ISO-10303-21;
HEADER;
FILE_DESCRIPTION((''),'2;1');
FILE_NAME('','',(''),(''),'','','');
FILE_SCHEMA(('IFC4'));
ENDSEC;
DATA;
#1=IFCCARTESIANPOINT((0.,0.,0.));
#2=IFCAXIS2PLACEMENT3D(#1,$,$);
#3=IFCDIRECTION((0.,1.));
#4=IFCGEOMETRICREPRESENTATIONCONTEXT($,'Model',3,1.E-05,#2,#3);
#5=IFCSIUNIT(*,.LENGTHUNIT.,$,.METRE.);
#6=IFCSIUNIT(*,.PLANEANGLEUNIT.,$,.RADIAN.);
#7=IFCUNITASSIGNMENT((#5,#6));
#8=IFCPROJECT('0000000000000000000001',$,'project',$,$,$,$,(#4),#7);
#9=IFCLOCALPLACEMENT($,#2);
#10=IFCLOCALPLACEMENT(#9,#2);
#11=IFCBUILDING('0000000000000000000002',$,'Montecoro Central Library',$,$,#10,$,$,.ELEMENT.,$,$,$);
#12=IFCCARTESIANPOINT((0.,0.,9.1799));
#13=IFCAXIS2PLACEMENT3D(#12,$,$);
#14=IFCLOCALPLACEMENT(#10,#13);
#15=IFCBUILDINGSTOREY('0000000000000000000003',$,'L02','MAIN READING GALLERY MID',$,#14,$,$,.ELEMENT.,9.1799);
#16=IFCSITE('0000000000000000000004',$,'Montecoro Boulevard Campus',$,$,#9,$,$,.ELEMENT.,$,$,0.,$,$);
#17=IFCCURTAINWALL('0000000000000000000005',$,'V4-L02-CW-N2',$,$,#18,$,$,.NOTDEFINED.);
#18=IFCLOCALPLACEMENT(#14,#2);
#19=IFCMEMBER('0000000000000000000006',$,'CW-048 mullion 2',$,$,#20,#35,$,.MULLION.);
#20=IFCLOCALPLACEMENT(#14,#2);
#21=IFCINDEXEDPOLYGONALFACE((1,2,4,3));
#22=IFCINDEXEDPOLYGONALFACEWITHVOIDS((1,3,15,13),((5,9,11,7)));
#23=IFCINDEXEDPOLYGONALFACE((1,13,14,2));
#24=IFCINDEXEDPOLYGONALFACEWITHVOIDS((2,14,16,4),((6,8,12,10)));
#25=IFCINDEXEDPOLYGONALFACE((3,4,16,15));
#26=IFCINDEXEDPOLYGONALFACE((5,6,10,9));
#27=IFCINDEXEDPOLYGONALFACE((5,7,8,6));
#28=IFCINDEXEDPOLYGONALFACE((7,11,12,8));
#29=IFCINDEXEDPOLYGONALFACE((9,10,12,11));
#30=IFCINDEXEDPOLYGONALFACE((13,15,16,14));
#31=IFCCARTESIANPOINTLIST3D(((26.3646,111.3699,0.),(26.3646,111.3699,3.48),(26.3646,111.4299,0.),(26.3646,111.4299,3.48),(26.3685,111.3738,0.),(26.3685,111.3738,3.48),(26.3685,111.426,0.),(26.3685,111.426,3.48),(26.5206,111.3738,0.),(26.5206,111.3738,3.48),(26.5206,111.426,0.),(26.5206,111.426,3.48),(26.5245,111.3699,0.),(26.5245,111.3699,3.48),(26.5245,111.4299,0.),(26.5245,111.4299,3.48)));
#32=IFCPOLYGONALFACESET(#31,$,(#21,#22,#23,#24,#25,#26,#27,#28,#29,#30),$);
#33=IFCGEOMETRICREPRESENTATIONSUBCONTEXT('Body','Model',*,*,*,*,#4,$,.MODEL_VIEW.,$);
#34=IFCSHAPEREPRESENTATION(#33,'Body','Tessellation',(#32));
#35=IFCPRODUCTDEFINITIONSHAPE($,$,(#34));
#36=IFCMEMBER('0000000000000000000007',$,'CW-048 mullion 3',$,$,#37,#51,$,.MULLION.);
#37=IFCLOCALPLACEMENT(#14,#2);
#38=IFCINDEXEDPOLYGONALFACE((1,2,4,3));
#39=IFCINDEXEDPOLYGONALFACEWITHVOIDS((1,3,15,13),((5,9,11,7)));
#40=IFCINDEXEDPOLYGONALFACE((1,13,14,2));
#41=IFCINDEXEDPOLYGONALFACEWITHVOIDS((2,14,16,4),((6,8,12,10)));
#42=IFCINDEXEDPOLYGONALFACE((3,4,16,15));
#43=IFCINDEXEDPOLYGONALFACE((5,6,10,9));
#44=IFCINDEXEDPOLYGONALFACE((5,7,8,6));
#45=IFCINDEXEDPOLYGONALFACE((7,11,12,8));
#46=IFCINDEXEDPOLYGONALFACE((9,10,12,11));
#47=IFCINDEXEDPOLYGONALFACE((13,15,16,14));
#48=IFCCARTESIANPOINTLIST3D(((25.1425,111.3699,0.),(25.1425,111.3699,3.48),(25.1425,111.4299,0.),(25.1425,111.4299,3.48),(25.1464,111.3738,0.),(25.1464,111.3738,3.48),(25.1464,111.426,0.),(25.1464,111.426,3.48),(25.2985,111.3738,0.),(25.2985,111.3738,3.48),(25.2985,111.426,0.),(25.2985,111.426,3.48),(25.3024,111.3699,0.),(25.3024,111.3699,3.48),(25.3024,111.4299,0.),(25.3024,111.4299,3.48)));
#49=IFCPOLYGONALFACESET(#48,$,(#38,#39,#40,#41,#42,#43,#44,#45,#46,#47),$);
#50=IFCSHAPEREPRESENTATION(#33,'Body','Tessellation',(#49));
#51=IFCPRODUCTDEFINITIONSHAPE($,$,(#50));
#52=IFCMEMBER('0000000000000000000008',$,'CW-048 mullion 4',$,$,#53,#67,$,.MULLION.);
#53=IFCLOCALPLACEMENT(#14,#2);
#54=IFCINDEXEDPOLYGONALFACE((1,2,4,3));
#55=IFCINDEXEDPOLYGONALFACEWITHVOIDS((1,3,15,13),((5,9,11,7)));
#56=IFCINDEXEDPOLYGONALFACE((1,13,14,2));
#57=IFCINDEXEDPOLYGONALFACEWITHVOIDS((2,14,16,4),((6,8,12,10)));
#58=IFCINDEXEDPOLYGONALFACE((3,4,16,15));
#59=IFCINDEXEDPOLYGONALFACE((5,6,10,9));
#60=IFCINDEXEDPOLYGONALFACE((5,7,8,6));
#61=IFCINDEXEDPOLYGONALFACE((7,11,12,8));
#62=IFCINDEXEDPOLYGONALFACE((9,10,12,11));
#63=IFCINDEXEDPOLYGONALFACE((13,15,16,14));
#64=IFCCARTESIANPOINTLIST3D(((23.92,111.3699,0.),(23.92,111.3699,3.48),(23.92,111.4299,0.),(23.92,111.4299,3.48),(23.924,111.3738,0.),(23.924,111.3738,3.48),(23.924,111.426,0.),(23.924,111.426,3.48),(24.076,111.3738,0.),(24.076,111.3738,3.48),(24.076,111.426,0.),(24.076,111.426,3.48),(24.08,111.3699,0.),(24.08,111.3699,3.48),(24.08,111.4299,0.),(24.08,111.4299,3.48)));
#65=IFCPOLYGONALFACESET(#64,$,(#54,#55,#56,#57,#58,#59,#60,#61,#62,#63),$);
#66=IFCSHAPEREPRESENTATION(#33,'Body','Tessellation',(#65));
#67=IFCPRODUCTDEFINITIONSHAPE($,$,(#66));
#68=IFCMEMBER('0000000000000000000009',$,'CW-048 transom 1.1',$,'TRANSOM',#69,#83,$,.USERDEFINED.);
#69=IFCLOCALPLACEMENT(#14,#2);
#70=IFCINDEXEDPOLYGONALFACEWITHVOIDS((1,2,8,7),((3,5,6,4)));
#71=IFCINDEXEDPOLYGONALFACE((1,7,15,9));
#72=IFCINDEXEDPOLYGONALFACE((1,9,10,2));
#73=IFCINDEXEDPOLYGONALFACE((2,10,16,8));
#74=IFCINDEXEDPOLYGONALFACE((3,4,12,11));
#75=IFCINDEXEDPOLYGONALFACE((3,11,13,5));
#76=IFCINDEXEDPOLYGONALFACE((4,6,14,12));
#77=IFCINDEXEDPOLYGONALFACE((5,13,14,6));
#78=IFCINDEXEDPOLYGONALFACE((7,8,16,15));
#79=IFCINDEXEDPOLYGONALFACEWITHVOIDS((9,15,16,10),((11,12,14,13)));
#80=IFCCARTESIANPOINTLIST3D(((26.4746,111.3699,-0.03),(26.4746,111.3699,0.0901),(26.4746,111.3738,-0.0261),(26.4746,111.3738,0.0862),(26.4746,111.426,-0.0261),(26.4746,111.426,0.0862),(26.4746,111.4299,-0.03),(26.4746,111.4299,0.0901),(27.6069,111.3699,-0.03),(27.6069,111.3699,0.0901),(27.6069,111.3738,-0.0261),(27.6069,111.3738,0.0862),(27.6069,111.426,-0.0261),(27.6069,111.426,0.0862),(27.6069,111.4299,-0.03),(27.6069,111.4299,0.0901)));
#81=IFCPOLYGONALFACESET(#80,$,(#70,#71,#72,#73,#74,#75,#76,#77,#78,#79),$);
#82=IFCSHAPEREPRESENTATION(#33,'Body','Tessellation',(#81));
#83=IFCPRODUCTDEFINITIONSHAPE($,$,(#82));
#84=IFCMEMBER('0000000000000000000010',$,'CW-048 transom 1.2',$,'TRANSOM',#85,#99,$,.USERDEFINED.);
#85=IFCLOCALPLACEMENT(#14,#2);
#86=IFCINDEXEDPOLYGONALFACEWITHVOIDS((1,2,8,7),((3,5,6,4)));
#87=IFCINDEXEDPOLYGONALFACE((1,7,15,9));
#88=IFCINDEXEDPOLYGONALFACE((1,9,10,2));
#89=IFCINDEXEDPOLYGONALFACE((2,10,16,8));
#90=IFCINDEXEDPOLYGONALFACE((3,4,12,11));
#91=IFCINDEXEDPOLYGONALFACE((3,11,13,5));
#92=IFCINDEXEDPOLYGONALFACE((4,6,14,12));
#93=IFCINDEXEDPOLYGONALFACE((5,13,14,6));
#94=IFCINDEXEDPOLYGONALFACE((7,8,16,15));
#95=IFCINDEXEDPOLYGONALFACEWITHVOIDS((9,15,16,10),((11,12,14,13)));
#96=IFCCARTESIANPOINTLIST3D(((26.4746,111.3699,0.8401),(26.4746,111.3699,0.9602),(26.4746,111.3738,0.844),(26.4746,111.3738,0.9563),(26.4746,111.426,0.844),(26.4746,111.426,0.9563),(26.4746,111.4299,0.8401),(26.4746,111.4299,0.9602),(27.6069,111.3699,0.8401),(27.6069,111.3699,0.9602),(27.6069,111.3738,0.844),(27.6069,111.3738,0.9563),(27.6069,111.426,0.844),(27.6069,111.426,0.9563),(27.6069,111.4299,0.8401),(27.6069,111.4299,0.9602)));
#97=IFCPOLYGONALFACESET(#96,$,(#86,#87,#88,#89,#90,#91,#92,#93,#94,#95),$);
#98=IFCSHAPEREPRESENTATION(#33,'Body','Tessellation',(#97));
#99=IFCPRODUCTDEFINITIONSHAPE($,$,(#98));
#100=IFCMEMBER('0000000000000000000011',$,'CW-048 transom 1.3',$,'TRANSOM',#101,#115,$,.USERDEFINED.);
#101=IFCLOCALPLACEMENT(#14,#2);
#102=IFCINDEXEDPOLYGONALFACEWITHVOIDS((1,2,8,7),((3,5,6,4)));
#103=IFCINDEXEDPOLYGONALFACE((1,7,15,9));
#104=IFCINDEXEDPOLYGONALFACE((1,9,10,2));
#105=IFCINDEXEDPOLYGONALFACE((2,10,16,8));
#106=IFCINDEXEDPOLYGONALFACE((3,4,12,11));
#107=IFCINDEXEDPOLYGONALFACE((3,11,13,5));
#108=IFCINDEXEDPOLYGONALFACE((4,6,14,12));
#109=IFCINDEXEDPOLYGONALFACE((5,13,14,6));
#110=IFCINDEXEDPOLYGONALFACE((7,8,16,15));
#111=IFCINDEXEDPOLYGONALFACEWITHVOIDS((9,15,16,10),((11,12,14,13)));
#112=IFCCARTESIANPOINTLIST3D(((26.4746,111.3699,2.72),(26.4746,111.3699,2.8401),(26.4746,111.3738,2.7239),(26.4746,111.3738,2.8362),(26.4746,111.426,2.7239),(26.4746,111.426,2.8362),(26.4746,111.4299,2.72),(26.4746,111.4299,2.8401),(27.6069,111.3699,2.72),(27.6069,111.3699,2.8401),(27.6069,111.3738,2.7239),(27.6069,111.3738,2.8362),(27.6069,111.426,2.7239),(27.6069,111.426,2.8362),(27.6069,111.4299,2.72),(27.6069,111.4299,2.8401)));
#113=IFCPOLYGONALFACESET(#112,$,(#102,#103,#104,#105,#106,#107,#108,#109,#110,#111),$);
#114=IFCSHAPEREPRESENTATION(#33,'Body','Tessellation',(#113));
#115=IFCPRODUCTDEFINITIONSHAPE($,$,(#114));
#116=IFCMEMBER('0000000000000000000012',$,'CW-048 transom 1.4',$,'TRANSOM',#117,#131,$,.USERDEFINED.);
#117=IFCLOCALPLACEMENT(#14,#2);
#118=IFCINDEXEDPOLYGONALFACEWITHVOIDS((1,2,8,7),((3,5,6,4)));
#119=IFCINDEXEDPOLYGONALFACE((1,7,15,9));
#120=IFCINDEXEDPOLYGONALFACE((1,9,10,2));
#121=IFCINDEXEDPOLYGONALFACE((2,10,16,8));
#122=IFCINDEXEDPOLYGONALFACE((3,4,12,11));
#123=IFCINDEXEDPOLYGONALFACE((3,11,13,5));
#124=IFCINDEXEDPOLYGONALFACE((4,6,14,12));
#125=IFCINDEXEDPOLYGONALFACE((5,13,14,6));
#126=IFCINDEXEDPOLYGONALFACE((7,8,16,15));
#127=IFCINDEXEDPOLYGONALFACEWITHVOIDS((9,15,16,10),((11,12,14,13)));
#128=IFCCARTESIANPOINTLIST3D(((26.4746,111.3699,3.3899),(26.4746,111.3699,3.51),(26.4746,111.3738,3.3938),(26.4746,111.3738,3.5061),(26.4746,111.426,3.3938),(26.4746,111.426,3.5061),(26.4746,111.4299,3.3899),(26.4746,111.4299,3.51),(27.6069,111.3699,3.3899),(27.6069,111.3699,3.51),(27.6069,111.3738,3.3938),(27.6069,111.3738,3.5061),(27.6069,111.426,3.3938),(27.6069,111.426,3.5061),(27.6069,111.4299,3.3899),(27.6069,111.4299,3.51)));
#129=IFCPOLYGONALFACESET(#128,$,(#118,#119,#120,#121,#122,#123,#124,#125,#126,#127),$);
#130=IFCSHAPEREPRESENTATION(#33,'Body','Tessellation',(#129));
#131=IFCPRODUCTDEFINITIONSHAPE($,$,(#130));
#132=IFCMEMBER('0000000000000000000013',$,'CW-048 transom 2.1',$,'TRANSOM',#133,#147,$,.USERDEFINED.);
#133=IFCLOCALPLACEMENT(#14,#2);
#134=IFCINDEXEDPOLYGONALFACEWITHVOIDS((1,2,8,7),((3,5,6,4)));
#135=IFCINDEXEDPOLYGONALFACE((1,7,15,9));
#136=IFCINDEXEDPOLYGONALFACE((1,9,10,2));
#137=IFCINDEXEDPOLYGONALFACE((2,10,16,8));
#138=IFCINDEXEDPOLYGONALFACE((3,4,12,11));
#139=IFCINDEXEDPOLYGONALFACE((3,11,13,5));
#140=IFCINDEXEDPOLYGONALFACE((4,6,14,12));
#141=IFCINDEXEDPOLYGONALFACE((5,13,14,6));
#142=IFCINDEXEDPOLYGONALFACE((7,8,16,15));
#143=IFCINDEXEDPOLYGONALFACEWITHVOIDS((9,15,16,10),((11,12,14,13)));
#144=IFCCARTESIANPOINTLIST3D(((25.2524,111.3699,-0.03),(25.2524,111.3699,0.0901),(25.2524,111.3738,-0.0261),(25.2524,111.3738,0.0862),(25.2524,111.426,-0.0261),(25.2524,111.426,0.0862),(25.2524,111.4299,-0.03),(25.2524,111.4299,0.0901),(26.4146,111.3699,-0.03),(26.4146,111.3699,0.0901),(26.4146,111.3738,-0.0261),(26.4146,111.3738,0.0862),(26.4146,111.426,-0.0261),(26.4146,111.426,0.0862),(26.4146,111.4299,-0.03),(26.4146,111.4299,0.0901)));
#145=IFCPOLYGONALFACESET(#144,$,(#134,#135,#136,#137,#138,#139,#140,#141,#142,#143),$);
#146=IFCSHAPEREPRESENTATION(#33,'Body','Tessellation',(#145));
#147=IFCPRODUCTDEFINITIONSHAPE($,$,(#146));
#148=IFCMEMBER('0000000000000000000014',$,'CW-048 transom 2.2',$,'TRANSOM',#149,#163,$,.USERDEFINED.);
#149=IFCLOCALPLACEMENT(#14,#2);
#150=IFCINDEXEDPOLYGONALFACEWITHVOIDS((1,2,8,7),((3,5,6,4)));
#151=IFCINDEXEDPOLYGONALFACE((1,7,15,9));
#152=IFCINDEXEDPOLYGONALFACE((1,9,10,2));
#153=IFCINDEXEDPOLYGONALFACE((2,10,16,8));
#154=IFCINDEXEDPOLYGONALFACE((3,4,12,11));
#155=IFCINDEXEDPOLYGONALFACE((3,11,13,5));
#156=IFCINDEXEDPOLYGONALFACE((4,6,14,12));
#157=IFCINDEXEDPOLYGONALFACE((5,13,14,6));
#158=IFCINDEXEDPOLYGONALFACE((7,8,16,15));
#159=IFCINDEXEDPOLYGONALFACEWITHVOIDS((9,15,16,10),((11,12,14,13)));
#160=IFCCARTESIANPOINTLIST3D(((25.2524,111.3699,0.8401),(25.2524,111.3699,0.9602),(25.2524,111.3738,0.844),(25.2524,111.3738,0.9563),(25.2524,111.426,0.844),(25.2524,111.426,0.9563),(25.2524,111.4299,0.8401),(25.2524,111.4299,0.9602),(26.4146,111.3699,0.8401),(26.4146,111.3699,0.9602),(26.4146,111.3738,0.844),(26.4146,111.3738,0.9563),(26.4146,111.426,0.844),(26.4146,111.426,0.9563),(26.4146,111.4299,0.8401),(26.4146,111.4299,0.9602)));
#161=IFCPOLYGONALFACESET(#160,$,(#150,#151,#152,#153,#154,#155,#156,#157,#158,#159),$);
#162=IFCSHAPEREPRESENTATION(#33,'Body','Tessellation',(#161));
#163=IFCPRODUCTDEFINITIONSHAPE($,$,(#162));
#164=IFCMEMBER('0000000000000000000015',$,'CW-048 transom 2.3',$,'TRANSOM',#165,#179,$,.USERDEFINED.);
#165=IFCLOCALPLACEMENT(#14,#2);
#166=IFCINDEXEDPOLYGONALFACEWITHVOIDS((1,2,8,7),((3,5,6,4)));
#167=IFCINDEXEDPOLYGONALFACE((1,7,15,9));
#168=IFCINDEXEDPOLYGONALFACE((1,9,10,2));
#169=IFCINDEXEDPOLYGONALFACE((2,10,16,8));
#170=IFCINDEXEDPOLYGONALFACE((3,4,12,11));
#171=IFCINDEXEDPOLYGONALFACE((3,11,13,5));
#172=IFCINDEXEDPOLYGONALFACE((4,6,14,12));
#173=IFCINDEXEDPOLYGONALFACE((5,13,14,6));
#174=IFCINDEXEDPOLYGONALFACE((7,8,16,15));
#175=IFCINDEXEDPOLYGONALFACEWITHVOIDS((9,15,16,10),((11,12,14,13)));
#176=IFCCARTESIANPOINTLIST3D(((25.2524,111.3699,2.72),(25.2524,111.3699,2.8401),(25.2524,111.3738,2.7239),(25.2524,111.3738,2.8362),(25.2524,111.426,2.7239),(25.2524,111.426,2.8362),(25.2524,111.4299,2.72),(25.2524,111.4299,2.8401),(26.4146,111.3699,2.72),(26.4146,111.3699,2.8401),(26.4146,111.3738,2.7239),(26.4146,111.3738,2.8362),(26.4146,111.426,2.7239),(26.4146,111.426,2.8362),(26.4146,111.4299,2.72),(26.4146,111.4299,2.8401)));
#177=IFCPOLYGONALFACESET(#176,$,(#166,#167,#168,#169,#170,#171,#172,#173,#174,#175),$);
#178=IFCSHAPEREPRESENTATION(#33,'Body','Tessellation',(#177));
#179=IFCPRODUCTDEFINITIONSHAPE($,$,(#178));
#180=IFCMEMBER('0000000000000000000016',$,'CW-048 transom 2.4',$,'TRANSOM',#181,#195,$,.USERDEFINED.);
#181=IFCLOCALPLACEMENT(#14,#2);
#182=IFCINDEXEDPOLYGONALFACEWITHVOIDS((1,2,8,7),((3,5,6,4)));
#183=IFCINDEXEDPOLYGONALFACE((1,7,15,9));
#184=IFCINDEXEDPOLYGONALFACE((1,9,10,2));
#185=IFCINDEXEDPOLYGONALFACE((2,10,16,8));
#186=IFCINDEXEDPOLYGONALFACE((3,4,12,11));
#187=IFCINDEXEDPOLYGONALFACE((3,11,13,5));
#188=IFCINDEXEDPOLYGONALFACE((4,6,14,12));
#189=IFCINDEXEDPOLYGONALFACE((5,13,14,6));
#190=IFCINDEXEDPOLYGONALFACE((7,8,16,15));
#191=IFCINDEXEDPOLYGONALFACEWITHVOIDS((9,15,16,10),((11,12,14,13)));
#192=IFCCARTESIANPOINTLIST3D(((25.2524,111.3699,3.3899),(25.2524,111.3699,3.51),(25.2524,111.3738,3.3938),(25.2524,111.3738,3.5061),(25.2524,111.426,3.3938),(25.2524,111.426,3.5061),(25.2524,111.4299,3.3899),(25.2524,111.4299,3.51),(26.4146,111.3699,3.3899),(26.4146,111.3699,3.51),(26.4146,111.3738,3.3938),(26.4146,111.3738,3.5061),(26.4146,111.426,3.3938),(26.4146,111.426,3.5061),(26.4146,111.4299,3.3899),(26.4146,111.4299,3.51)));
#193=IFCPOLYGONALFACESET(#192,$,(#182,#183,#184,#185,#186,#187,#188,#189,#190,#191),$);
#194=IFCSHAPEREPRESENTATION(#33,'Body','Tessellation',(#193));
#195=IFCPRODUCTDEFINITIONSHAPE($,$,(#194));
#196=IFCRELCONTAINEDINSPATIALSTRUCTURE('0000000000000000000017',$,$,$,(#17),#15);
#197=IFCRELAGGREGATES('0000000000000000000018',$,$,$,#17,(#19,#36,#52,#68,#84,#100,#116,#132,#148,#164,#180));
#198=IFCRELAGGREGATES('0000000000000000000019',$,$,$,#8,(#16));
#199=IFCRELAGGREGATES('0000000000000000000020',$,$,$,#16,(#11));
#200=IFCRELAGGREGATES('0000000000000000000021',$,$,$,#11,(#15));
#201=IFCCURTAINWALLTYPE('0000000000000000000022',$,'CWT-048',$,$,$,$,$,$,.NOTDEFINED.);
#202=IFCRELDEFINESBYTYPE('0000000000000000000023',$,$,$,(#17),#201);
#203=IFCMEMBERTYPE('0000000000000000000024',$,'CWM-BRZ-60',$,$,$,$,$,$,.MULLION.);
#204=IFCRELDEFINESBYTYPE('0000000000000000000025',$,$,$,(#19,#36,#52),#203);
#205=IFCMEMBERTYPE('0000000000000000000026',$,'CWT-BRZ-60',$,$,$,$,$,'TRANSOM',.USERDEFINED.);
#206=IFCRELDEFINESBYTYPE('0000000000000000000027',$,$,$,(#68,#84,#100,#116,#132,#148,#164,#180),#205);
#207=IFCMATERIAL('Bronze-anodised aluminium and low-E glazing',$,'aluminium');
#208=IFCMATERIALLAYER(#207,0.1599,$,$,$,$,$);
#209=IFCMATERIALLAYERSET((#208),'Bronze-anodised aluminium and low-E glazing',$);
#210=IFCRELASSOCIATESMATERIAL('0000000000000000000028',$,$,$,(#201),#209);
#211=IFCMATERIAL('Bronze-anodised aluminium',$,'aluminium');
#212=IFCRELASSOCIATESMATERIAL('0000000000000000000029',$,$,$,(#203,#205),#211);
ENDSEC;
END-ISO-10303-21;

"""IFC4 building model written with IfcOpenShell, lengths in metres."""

from ifc_helpers import new_model, si_unit, direction, frame, origin, origin_2d, place, context, subcontext, project, spatial, hollow_rectangle, extrude, material, layer, layer_set, material_profile, profile_set, type_object, element, aggregate, save


model = new_model("IFC4")

# Units and contexts
model_context = context("Model", 3, precision=1e-05, world=origin(), true_north=direction((0.0, 1.0)))
body_context = subcontext(model_context, "Body", "Model", "MODEL_VIEW")
ifc_project = project(units=[si_unit("LENGTHUNIT", "METRE"), si_unit("PLANEANGLEUNIT", "RADIAN")], contexts=[model_context])

# Site, building, storey
site_placement = place(None, origin())
site = spatial("IfcSite", under=ifc_project, at=site_placement, Name="Montecoro Boulevard Campus", CompositionType="ELEMENT", RefElevation=0.0)
building_placement = place(site_placement, origin())
building = spatial("IfcBuilding", under=site, at=building_placement, Name="Montecoro Central Library", CompositionType="ELEMENT")
storey_placement = place(building_placement, frame((0.0, 0.0, 9.1799)))
storey = spatial("IfcBuildingStorey", under=building, at=storey_placement, Name="L02", Description="MAIN READING GALLERY MID", CompositionType="ELEMENT", Elevation=9.1799)

# Curtain wall, members
ifc_material_1 = material(Name="Bronze-anodised aluminium and low-E glazing", Category="aluminium")
ifc_layer_1 = layer(ifc_material_1, 0.1599)
ifc_layer_set_1 = layer_set([ifc_layer_1], Name="Bronze-anodised aluminium and low-E glazing")
curtain_wall_type = type_object("IfcCurtainWallType", Name="CWT-048", PredefinedType="NOTDEFINED", material=ifc_layer_set_1)
curtain_wall_placement = place(storey_placement, origin())
curtain_wall = element("IfcCurtainWall", 1, at=curtain_wall_placement, inside=storey, type_object=curtain_wall_type, Name="V4-L02-CW-N2", PredefinedType="NOTDEFINED")
ifc_material_2 = material(Name="Bronze-anodised aluminium", Category="aluminium")
ifc_material_profile_1 = material_profile(ifc_material_2, hollow_rectangle(XDim=0.0601, YDim=0.1599, WallThickness=0.0039, at=origin_2d()), Name="CWM 160x60x4.0")
ifc_profile_set_1 = profile_set([ifc_material_profile_1], Name="Bronze-anodised aluminium")
member_type_1 = type_object("IfcMemberType", Name="CWM-BRZ-60", PredefinedType="MULLION", material=ifc_profile_set_1)
member_1_placement = place(storey_placement, frame((26.4446, 111.3999, 0.0), z_axis=(0.0, 0.0, 1.0), x_axis=(0.0, -1.0, 0.0)))
member_1 = element("IfcMember", 2, at=member_1_placement, type_object=member_type_1, Name="CW-048 mullion 2", PredefinedType="MULLION", context=body_context, shape_type="SweptSolid", body=[
    extrude(hollow_rectangle(XDim=0.0601, YDim=0.1599, WallThickness=0.0039, at=origin_2d()), origin(), (0.0, 0.0, 1.0), 3.48),
])
member_2_placement = place(storey_placement, frame((25.2224, 111.3999, 0.0), z_axis=(0.0, 0.0, 1.0), x_axis=(0.0, -1.0, 0.0)))
member_2 = element("IfcMember", 3, at=member_2_placement, type_object=member_type_1, Name="CW-048 mullion 3", PredefinedType="MULLION", context=body_context, shape_type="SweptSolid", body=[
    extrude(hollow_rectangle(XDim=0.0601, YDim=0.1599, WallThickness=0.0039, at=origin_2d()), origin(), (0.0, 0.0, 1.0), 3.48),
])
member_3_placement = place(storey_placement, frame((24.0, 111.3999, 0.0), z_axis=(0.0, 0.0, 1.0), x_axis=(0.0, -1.0, 0.0)))
member_3 = element("IfcMember", 4, at=member_3_placement, type_object=member_type_1, Name="CW-048 mullion 4", PredefinedType="MULLION", context=body_context, shape_type="SweptSolid", body=[
    extrude(hollow_rectangle(XDim=0.0601, YDim=0.1599, WallThickness=0.0039, at=origin_2d()), origin(), (0.0, 0.0, 1.0), 3.48),
])
ifc_material_profile_2 = material_profile(ifc_material_2, hollow_rectangle(XDim=0.0601, YDim=0.1201, WallThickness=0.0039, at=origin_2d()), Name="CWT 120x60x4.0")
ifc_profile_set_2 = profile_set([ifc_material_profile_2], Name="Bronze-anodised aluminium")
member_type_2 = type_object("IfcMemberType", Name="CWT-BRZ-60", ElementType="TRANSOM", PredefinedType="USERDEFINED", material=ifc_profile_set_2)
member_4_placement = place(storey_placement, frame((27.6069, 111.3999, 0.03), z_axis=(-1.0, 0.0, 0.0), x_axis=(0.0, -1.0, 0.0)))
member_4 = element("IfcMember", 5, at=member_4_placement, type_object=member_type_2, Name="CW-048 transom 1.1", ObjectType="TRANSOM", PredefinedType="USERDEFINED", context=body_context, shape_type="SweptSolid", body=[
    extrude(hollow_rectangle(XDim=0.0601, YDim=0.1201, WallThickness=0.0039, at=origin_2d()), origin(), (0.0, 0.0, 1.0), 1.1323),
])
member_5_placement = place(storey_placement, frame((27.6069, 111.3999, 0.9001), z_axis=(-1.0, 0.0, 0.0), x_axis=(0.0, -1.0, 0.0)))
member_5 = element("IfcMember", 6, at=member_5_placement, type_object=member_type_2, Name="CW-048 transom 1.2", ObjectType="TRANSOM", PredefinedType="USERDEFINED", context=body_context, shape_type="SweptSolid", body=[
    extrude(hollow_rectangle(XDim=0.0601, YDim=0.1201, WallThickness=0.0039, at=origin_2d()), origin(), (0.0, 0.0, 1.0), 1.1323),
])
member_6_placement = place(storey_placement, frame((27.6069, 111.3999, 2.78), z_axis=(-1.0, 0.0, 0.0), x_axis=(0.0, -1.0, 0.0)))
member_6 = element("IfcMember", 7, at=member_6_placement, type_object=member_type_2, Name="CW-048 transom 1.3", ObjectType="TRANSOM", PredefinedType="USERDEFINED", context=body_context, shape_type="SweptSolid", body=[
    extrude(hollow_rectangle(XDim=0.0601, YDim=0.1201, WallThickness=0.0039, at=origin_2d()), origin(), (0.0, 0.0, 1.0), 1.1323),
])
member_7_placement = place(storey_placement, frame((27.6069, 111.3999, 3.45), z_axis=(-1.0, 0.0, 0.0), x_axis=(0.0, -1.0, 0.0)))
member_7 = element("IfcMember", 8, at=member_7_placement, type_object=member_type_2, Name="CW-048 transom 1.4", ObjectType="TRANSOM", PredefinedType="USERDEFINED", context=body_context, shape_type="SweptSolid", body=[
    extrude(hollow_rectangle(XDim=0.0601, YDim=0.1201, WallThickness=0.0039, at=origin_2d()), origin(), (0.0, 0.0, 1.0), 1.1323),
])
member_8_placement = place(storey_placement, frame((26.4146, 111.3999, 0.03), z_axis=(-1.0, 0.0, 0.0), x_axis=(0.0, -1.0, 0.0)))
member_8 = element("IfcMember", 9, at=member_8_placement, type_object=member_type_2, Name="CW-048 transom 2.1", ObjectType="TRANSOM", PredefinedType="USERDEFINED", context=body_context, shape_type="SweptSolid", body=[
    extrude(hollow_rectangle(XDim=0.0601, YDim=0.1201, WallThickness=0.0039, at=origin_2d()), origin(), (0.0, 0.0, 1.0), 1.1621),
])
member_9_placement = place(storey_placement, frame((26.4146, 111.3999, 0.9001), z_axis=(-1.0, 0.0, 0.0), x_axis=(0.0, -1.0, 0.0)))
member_9 = element("IfcMember", 10, at=member_9_placement, type_object=member_type_2, Name="CW-048 transom 2.2", ObjectType="TRANSOM", PredefinedType="USERDEFINED", context=body_context, shape_type="SweptSolid", body=[
    extrude(hollow_rectangle(XDim=0.0601, YDim=0.1201, WallThickness=0.0039, at=origin_2d()), origin(), (0.0, 0.0, 1.0), 1.1621),
])
member_10_placement = place(storey_placement, frame((26.4146, 111.3999, 2.78), z_axis=(-1.0, 0.0, 0.0), x_axis=(0.0, -1.0, 0.0)))
member_10 = element("IfcMember", 11, at=member_10_placement, type_object=member_type_2, Name="CW-048 transom 2.3", ObjectType="TRANSOM", PredefinedType="USERDEFINED", context=body_context, shape_type="SweptSolid", body=[
    extrude(hollow_rectangle(XDim=0.0601, YDim=0.1201, WallThickness=0.0039, at=origin_2d()), origin(), (0.0, 0.0, 1.0), 1.1621),
])
member_11_placement = place(storey_placement, frame((26.4146, 111.3999, 3.45), z_axis=(-1.0, 0.0, 0.0), x_axis=(0.0, -1.0, 0.0)))
member_11 = element("IfcMember", 12, at=member_11_placement, type_object=member_type_2, Name="CW-048 transom 2.4", ObjectType="TRANSOM", PredefinedType="USERDEFINED", context=body_context, shape_type="SweptSolid", body=[
    extrude(hollow_rectangle(XDim=0.0601, YDim=0.1201, WallThickness=0.0039, at=origin_2d()), origin(), (0.0, 0.0, 1.0), 1.1621),
])
aggregate(curtain_wall, [member_1, member_2, member_3, member_4, member_5, member_6, member_7, member_8, member_9, member_10, member_11])

save(model, "model.ifc")
